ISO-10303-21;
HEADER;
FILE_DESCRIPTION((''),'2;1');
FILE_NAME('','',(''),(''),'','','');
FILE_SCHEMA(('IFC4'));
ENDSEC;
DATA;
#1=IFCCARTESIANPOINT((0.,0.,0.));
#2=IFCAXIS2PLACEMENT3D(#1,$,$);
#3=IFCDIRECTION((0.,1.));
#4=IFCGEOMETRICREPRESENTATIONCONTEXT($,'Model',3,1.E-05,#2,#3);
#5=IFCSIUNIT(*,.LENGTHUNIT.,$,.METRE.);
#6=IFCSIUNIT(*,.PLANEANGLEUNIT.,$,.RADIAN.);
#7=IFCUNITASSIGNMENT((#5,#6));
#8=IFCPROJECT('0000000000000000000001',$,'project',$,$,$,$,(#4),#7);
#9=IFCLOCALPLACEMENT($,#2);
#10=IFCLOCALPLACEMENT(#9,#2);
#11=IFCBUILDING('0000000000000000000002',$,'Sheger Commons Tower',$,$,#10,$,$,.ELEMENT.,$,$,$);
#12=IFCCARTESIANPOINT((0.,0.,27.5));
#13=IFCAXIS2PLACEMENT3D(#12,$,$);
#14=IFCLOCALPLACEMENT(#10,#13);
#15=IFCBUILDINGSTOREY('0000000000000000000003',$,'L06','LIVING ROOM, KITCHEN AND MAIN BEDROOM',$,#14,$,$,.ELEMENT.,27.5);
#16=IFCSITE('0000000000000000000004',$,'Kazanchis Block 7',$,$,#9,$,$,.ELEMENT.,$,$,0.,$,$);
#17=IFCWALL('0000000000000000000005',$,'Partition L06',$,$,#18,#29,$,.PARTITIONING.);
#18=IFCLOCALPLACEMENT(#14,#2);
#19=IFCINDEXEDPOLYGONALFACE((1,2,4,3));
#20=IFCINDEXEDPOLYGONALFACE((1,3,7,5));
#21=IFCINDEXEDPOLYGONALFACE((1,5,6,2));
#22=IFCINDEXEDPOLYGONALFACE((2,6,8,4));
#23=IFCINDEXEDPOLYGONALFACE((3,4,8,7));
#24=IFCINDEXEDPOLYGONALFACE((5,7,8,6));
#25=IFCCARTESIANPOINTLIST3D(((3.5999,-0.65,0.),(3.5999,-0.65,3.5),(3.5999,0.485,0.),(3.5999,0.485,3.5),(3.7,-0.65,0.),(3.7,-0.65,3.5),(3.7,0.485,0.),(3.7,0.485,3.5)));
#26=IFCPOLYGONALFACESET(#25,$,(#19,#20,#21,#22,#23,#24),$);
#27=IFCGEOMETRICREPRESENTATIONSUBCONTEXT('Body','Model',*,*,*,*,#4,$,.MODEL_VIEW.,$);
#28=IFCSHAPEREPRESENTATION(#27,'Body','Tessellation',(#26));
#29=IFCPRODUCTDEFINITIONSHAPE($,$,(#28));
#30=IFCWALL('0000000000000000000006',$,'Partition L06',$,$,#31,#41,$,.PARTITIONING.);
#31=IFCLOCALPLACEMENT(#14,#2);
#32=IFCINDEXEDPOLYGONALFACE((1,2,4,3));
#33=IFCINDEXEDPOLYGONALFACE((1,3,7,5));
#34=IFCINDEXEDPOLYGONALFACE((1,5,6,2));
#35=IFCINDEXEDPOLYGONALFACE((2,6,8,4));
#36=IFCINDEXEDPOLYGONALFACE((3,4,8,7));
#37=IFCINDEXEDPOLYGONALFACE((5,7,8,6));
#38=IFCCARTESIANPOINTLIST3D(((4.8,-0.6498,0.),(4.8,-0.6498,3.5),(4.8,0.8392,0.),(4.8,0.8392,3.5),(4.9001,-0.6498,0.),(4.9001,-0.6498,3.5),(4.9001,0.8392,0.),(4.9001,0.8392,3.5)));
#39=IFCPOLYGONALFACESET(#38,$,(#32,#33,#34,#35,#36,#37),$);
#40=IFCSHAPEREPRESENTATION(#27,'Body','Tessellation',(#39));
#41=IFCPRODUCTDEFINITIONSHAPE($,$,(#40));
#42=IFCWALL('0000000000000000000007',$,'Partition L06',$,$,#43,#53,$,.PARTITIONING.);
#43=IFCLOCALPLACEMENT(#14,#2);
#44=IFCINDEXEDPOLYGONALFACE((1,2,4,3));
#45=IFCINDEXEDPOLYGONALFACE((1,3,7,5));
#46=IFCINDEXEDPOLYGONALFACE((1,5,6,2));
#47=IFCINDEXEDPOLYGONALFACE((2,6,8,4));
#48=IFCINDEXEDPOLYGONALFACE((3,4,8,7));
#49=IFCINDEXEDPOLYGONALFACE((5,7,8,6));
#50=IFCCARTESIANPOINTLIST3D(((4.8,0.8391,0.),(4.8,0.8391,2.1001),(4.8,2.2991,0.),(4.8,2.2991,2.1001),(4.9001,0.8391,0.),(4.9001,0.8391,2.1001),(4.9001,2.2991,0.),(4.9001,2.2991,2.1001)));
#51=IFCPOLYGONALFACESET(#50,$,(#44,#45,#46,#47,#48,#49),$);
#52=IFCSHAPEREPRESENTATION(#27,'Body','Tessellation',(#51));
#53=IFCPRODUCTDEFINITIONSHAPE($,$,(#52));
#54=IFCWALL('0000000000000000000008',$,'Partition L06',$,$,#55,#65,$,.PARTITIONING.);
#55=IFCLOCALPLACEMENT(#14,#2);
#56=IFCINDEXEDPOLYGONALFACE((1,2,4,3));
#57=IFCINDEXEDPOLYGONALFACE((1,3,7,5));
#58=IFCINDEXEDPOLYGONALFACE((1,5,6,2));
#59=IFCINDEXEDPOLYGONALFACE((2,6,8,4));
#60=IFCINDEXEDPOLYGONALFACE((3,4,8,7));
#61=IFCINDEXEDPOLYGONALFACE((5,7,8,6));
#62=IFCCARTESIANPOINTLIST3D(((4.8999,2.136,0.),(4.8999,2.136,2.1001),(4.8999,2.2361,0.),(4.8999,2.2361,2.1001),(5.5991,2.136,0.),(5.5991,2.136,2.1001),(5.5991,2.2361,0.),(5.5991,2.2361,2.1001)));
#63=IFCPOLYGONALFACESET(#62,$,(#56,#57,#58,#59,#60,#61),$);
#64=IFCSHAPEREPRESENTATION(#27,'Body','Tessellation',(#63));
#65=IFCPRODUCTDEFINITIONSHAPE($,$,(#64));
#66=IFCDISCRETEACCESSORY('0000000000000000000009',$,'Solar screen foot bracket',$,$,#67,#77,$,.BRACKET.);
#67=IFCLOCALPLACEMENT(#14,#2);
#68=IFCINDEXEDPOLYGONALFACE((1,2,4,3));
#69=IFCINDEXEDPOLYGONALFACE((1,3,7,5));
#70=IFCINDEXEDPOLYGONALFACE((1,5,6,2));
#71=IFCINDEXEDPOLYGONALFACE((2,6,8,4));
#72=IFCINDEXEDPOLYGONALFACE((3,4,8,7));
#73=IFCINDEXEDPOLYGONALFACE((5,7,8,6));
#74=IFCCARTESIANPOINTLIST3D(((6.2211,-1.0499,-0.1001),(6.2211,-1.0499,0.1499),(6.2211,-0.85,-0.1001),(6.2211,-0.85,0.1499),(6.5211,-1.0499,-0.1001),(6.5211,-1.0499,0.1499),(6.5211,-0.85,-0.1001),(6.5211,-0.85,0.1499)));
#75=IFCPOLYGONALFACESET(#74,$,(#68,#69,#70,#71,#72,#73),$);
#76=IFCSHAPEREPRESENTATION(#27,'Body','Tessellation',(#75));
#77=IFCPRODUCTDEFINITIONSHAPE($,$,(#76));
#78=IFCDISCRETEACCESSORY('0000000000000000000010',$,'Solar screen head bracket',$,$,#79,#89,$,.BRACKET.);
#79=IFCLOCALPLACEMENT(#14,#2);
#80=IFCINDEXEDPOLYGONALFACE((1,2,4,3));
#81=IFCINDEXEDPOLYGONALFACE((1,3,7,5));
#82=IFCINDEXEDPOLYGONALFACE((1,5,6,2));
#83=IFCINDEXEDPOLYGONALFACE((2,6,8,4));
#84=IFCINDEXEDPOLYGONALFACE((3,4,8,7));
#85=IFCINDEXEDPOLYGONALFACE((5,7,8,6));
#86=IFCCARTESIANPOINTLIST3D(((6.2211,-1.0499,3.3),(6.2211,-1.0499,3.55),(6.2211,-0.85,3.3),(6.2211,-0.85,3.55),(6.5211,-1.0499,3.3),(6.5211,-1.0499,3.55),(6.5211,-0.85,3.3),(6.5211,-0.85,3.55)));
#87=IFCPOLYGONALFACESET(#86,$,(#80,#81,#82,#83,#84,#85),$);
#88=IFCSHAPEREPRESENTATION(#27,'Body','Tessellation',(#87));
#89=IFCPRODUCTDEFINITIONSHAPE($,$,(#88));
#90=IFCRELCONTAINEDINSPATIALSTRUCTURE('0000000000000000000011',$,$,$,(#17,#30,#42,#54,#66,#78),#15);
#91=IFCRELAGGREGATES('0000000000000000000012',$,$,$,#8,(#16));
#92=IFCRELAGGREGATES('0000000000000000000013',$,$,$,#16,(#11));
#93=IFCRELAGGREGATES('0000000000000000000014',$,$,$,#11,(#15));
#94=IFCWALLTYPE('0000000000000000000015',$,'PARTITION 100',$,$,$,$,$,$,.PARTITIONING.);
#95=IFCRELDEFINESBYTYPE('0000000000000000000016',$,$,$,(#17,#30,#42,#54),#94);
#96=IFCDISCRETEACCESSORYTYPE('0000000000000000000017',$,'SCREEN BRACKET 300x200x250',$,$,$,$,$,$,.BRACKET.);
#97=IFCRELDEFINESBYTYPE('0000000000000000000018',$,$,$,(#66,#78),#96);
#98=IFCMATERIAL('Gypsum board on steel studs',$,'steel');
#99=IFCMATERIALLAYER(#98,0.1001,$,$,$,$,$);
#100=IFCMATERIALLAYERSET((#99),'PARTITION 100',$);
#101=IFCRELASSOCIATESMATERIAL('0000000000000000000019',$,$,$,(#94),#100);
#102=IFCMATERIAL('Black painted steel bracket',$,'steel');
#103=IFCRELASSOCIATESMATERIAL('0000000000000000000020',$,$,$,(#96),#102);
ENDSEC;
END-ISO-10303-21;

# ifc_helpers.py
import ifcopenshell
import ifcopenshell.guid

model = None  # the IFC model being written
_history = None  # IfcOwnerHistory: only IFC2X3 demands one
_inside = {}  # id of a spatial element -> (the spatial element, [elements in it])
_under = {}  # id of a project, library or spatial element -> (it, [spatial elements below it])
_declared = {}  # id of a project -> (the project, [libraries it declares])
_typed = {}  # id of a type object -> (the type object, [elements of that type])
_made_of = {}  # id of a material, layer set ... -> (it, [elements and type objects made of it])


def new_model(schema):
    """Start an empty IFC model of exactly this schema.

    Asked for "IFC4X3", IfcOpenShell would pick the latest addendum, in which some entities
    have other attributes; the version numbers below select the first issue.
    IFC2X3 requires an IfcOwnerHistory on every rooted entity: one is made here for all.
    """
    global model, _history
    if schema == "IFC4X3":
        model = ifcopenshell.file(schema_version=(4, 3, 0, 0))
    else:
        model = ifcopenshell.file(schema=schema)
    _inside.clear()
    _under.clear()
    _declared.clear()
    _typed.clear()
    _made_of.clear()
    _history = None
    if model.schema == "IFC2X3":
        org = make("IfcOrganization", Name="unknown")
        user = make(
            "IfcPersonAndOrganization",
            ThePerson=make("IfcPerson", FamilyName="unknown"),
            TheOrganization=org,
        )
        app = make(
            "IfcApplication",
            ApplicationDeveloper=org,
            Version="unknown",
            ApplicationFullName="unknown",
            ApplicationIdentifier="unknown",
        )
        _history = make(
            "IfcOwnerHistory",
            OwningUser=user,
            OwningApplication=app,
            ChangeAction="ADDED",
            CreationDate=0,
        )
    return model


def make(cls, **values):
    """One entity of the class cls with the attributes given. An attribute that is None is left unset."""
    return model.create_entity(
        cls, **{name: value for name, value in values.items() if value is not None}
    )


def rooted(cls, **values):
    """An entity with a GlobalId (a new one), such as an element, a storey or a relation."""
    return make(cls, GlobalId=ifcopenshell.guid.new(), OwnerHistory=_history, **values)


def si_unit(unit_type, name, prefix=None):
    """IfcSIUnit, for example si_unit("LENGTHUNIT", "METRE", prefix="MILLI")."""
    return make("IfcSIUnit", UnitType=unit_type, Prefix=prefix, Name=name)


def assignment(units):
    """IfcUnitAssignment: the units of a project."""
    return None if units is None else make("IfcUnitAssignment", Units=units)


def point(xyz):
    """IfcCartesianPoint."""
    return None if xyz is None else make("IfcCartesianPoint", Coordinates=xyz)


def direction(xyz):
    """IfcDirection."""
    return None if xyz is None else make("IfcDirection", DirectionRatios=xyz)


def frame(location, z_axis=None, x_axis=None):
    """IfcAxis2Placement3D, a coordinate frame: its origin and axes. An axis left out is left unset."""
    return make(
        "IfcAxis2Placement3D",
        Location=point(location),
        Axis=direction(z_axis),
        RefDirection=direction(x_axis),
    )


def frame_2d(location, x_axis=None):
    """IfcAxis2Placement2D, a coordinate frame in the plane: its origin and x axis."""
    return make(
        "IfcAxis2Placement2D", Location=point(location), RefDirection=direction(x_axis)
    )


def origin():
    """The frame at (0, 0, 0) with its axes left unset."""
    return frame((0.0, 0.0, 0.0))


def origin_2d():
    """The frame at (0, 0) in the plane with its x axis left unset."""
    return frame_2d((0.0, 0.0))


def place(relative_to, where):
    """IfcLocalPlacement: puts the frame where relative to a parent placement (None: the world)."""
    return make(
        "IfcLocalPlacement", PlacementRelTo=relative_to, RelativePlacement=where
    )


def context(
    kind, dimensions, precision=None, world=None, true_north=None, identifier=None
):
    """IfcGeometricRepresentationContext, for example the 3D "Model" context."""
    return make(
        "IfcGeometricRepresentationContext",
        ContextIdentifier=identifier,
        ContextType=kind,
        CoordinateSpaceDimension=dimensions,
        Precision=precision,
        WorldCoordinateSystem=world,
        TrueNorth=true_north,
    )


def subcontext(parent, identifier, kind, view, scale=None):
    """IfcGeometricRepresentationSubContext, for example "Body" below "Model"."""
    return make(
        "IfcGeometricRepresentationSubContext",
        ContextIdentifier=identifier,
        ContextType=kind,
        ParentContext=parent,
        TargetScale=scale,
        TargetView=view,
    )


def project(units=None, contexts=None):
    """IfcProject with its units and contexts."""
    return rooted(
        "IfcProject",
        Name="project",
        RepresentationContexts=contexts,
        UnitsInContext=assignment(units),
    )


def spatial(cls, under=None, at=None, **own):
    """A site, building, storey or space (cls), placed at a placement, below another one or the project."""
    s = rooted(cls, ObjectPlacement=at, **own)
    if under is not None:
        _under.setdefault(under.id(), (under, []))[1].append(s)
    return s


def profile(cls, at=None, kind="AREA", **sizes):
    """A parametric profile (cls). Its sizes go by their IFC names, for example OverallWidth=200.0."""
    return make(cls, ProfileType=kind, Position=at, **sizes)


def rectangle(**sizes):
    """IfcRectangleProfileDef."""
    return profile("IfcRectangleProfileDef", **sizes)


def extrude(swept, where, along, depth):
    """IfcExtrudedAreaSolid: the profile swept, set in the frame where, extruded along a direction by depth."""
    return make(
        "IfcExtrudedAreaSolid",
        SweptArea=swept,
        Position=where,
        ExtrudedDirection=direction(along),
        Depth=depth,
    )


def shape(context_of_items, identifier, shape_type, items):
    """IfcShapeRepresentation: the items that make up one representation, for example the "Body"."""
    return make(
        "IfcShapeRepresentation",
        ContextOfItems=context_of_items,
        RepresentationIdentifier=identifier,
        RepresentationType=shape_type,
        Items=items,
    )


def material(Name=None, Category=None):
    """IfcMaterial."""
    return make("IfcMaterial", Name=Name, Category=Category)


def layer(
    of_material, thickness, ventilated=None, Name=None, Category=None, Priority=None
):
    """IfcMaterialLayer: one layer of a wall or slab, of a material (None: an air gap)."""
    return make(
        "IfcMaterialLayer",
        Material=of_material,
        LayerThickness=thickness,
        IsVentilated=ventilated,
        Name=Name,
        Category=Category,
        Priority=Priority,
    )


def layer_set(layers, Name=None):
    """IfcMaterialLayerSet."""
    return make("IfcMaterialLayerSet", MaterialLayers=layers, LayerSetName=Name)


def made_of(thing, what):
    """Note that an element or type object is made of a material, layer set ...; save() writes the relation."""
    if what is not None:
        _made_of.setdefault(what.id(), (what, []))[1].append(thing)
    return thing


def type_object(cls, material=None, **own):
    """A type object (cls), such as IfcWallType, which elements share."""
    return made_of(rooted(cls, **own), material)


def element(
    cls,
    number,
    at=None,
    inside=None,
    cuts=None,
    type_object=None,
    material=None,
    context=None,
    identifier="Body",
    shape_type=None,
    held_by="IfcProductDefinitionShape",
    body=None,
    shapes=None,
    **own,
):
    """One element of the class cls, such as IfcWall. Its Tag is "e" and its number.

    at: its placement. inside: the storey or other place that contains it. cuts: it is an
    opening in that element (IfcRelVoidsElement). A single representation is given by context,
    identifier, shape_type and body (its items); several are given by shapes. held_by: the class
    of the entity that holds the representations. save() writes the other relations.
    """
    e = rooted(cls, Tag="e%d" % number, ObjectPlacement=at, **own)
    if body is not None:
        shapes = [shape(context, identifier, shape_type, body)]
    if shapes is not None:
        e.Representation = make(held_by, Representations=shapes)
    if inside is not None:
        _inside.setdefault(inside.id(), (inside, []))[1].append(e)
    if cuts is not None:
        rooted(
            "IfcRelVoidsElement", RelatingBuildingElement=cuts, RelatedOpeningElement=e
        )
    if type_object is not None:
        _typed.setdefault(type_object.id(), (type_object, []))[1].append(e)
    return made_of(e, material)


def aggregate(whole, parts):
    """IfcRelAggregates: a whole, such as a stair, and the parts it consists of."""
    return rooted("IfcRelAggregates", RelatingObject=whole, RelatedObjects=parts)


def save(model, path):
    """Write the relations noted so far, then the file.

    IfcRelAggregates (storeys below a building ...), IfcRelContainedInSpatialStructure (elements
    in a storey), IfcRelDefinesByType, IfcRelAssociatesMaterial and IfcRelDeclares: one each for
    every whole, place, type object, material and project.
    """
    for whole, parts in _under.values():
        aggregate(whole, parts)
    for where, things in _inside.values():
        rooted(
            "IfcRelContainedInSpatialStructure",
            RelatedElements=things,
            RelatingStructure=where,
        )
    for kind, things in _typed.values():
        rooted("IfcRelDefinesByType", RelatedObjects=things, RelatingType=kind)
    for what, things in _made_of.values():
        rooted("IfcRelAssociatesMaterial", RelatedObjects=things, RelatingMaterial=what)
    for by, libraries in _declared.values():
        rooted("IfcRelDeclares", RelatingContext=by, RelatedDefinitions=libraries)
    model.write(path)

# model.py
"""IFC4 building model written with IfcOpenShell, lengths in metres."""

from ifc_helpers import new_model, si_unit, direction, frame, frame_2d, origin, origin_2d, place, context, subcontext, project, spatial, rectangle, extrude, material, layer, layer_set, type_object, element, save


model = new_model("IFC4")

# Units and contexts
model_context = context("Model", 3, precision=1e-05, world=origin(), true_north=direction((0.0, 1.0)))
body_context = subcontext(model_context, "Body", "Model", "MODEL_VIEW")
ifc_project = project(units=[si_unit("LENGTHUNIT", "METRE"), si_unit("PLANEANGLEUNIT", "RADIAN")], contexts=[model_context])

# Site, building, storey
site_placement = place(None, origin())
site = spatial("IfcSite", under=ifc_project, at=site_placement, Name="Kazanchis Block 7", CompositionType="ELEMENT", RefElevation=0.0)
building_placement = place(site_placement, origin())
building = spatial("IfcBuilding", under=site, at=building_placement, Name="Sheger Commons Tower", CompositionType="ELEMENT")
storey_placement = place(building_placement, frame((0.0, 0.0, 27.5)))
storey = spatial("IfcBuildingStorey", under=building, at=storey_placement, Name="L06", Description="LIVING ROOM, KITCHEN AND MAIN BEDROOM", CompositionType="ELEMENT", Elevation=27.5)

# Walls
ifc_material_1 = material(Name="Gypsum board on steel studs", Category="steel")
ifc_layer_1 = layer(ifc_material_1, 0.1001)
ifc_layer_set_1 = layer_set([ifc_layer_1], Name="PARTITION 100")
wall_type_1 = type_object("IfcWallType", Name="PARTITION 100", PredefinedType="PARTITIONING", material=ifc_layer_set_1)
wall_1_placement = place(storey_placement, frame((3.6499, -0.6499, 0.0), z_axis=(0.0, 0.0, 1.0), x_axis=(0.0, 1.0, 0.0)))
element("IfcWall", 1, at=wall_1_placement, inside=storey, type_object=wall_type_1, Name="Partition L06", PredefinedType="PARTITIONING", context=body_context, shape_type="SweptSolid", body=[
    extrude(rectangle(XDim=1.135, YDim=0.1001, at=frame_2d((0.5674, 0.0))), origin(), (0.0, 0.0, 1.0), 3.5),
])
wall_2_placement = place(storey_placement, frame((4.8501, -0.6499, 0.0), z_axis=(0.0, 0.0, 1.0), x_axis=(0.0, 1.0, 0.0)))
element("IfcWall", 2, at=wall_2_placement, inside=storey, type_object=wall_type_1, Name="Partition L06", PredefinedType="PARTITIONING", context=body_context, shape_type="SweptSolid", body=[
    extrude(rectangle(XDim=1.489, YDim=0.1001, at=frame_2d((0.7446, 0.0))), origin(), (0.0, 0.0, 1.0), 3.5),
])
wall_3_placement = place(storey_placement, frame((4.8501, 0.8391, 0.0), z_axis=(0.0, 0.0, 1.0), x_axis=(0.0, 1.0, 0.0)))
element("IfcWall", 3, at=wall_3_placement, inside=storey, type_object=wall_type_1, Name="Partition L06", PredefinedType="PARTITIONING", context=body_context, shape_type="SweptSolid", body=[
    extrude(rectangle(XDim=1.46, YDim=0.1001, at=frame_2d((0.73, 0.0))), origin(), (0.0, 0.0, 1.0), 2.1001),
])
wall_4_placement = place(storey_placement, frame((4.8999, 2.186, 0.0), z_axis=(0.0, 0.0, 1.0), x_axis=(1.0, 0.0, 0.0)))
element("IfcWall", 4, at=wall_4_placement, inside=storey, type_object=wall_type_1, Name="Partition L06", PredefinedType="PARTITIONING", context=body_context, shape_type="SweptSolid", body=[
    extrude(rectangle(XDim=0.6992, YDim=0.1001, at=frame_2d((0.3496, 0.0))), origin(), (0.0, 0.0, 1.0), 2.1001),
])

# Discrete accessories
ifc_material_2 = material(Name="Black painted steel bracket", Category="steel")
discrete_accessory_type = type_object("IfcDiscreteAccessoryType", Name="SCREEN BRACKET 300x200x250", PredefinedType="BRACKET", material=ifc_material_2)
for number, where, z_axis, x_axis, name in (
    (5, (6.3711, -0.95, -0.1001), (0.0, 0.0, 1.0), (1.0, 0.0, 0.0), "Solar screen foot bracket"),
    (6, (6.3711, -0.95, 3.3), (0.0, 0.0, 1.0), (1.0, 0.0, 0.0), "Solar screen head bracket"),
):
    element("IfcDiscreteAccessory", number, at=place(storey_placement, frame(where, z_axis=z_axis, x_axis=x_axis)), inside=storey, type_object=discrete_accessory_type, Name=name, PredefinedType="BRACKET", context=body_context, shape_type="SweptSolid", body=[
        extrude(rectangle(XDim=0.3, YDim=0.2, at=origin_2d()), origin(), (0.0, 0.0, 1.0), 0.25),
    ])

save(model, "model.ifc")
